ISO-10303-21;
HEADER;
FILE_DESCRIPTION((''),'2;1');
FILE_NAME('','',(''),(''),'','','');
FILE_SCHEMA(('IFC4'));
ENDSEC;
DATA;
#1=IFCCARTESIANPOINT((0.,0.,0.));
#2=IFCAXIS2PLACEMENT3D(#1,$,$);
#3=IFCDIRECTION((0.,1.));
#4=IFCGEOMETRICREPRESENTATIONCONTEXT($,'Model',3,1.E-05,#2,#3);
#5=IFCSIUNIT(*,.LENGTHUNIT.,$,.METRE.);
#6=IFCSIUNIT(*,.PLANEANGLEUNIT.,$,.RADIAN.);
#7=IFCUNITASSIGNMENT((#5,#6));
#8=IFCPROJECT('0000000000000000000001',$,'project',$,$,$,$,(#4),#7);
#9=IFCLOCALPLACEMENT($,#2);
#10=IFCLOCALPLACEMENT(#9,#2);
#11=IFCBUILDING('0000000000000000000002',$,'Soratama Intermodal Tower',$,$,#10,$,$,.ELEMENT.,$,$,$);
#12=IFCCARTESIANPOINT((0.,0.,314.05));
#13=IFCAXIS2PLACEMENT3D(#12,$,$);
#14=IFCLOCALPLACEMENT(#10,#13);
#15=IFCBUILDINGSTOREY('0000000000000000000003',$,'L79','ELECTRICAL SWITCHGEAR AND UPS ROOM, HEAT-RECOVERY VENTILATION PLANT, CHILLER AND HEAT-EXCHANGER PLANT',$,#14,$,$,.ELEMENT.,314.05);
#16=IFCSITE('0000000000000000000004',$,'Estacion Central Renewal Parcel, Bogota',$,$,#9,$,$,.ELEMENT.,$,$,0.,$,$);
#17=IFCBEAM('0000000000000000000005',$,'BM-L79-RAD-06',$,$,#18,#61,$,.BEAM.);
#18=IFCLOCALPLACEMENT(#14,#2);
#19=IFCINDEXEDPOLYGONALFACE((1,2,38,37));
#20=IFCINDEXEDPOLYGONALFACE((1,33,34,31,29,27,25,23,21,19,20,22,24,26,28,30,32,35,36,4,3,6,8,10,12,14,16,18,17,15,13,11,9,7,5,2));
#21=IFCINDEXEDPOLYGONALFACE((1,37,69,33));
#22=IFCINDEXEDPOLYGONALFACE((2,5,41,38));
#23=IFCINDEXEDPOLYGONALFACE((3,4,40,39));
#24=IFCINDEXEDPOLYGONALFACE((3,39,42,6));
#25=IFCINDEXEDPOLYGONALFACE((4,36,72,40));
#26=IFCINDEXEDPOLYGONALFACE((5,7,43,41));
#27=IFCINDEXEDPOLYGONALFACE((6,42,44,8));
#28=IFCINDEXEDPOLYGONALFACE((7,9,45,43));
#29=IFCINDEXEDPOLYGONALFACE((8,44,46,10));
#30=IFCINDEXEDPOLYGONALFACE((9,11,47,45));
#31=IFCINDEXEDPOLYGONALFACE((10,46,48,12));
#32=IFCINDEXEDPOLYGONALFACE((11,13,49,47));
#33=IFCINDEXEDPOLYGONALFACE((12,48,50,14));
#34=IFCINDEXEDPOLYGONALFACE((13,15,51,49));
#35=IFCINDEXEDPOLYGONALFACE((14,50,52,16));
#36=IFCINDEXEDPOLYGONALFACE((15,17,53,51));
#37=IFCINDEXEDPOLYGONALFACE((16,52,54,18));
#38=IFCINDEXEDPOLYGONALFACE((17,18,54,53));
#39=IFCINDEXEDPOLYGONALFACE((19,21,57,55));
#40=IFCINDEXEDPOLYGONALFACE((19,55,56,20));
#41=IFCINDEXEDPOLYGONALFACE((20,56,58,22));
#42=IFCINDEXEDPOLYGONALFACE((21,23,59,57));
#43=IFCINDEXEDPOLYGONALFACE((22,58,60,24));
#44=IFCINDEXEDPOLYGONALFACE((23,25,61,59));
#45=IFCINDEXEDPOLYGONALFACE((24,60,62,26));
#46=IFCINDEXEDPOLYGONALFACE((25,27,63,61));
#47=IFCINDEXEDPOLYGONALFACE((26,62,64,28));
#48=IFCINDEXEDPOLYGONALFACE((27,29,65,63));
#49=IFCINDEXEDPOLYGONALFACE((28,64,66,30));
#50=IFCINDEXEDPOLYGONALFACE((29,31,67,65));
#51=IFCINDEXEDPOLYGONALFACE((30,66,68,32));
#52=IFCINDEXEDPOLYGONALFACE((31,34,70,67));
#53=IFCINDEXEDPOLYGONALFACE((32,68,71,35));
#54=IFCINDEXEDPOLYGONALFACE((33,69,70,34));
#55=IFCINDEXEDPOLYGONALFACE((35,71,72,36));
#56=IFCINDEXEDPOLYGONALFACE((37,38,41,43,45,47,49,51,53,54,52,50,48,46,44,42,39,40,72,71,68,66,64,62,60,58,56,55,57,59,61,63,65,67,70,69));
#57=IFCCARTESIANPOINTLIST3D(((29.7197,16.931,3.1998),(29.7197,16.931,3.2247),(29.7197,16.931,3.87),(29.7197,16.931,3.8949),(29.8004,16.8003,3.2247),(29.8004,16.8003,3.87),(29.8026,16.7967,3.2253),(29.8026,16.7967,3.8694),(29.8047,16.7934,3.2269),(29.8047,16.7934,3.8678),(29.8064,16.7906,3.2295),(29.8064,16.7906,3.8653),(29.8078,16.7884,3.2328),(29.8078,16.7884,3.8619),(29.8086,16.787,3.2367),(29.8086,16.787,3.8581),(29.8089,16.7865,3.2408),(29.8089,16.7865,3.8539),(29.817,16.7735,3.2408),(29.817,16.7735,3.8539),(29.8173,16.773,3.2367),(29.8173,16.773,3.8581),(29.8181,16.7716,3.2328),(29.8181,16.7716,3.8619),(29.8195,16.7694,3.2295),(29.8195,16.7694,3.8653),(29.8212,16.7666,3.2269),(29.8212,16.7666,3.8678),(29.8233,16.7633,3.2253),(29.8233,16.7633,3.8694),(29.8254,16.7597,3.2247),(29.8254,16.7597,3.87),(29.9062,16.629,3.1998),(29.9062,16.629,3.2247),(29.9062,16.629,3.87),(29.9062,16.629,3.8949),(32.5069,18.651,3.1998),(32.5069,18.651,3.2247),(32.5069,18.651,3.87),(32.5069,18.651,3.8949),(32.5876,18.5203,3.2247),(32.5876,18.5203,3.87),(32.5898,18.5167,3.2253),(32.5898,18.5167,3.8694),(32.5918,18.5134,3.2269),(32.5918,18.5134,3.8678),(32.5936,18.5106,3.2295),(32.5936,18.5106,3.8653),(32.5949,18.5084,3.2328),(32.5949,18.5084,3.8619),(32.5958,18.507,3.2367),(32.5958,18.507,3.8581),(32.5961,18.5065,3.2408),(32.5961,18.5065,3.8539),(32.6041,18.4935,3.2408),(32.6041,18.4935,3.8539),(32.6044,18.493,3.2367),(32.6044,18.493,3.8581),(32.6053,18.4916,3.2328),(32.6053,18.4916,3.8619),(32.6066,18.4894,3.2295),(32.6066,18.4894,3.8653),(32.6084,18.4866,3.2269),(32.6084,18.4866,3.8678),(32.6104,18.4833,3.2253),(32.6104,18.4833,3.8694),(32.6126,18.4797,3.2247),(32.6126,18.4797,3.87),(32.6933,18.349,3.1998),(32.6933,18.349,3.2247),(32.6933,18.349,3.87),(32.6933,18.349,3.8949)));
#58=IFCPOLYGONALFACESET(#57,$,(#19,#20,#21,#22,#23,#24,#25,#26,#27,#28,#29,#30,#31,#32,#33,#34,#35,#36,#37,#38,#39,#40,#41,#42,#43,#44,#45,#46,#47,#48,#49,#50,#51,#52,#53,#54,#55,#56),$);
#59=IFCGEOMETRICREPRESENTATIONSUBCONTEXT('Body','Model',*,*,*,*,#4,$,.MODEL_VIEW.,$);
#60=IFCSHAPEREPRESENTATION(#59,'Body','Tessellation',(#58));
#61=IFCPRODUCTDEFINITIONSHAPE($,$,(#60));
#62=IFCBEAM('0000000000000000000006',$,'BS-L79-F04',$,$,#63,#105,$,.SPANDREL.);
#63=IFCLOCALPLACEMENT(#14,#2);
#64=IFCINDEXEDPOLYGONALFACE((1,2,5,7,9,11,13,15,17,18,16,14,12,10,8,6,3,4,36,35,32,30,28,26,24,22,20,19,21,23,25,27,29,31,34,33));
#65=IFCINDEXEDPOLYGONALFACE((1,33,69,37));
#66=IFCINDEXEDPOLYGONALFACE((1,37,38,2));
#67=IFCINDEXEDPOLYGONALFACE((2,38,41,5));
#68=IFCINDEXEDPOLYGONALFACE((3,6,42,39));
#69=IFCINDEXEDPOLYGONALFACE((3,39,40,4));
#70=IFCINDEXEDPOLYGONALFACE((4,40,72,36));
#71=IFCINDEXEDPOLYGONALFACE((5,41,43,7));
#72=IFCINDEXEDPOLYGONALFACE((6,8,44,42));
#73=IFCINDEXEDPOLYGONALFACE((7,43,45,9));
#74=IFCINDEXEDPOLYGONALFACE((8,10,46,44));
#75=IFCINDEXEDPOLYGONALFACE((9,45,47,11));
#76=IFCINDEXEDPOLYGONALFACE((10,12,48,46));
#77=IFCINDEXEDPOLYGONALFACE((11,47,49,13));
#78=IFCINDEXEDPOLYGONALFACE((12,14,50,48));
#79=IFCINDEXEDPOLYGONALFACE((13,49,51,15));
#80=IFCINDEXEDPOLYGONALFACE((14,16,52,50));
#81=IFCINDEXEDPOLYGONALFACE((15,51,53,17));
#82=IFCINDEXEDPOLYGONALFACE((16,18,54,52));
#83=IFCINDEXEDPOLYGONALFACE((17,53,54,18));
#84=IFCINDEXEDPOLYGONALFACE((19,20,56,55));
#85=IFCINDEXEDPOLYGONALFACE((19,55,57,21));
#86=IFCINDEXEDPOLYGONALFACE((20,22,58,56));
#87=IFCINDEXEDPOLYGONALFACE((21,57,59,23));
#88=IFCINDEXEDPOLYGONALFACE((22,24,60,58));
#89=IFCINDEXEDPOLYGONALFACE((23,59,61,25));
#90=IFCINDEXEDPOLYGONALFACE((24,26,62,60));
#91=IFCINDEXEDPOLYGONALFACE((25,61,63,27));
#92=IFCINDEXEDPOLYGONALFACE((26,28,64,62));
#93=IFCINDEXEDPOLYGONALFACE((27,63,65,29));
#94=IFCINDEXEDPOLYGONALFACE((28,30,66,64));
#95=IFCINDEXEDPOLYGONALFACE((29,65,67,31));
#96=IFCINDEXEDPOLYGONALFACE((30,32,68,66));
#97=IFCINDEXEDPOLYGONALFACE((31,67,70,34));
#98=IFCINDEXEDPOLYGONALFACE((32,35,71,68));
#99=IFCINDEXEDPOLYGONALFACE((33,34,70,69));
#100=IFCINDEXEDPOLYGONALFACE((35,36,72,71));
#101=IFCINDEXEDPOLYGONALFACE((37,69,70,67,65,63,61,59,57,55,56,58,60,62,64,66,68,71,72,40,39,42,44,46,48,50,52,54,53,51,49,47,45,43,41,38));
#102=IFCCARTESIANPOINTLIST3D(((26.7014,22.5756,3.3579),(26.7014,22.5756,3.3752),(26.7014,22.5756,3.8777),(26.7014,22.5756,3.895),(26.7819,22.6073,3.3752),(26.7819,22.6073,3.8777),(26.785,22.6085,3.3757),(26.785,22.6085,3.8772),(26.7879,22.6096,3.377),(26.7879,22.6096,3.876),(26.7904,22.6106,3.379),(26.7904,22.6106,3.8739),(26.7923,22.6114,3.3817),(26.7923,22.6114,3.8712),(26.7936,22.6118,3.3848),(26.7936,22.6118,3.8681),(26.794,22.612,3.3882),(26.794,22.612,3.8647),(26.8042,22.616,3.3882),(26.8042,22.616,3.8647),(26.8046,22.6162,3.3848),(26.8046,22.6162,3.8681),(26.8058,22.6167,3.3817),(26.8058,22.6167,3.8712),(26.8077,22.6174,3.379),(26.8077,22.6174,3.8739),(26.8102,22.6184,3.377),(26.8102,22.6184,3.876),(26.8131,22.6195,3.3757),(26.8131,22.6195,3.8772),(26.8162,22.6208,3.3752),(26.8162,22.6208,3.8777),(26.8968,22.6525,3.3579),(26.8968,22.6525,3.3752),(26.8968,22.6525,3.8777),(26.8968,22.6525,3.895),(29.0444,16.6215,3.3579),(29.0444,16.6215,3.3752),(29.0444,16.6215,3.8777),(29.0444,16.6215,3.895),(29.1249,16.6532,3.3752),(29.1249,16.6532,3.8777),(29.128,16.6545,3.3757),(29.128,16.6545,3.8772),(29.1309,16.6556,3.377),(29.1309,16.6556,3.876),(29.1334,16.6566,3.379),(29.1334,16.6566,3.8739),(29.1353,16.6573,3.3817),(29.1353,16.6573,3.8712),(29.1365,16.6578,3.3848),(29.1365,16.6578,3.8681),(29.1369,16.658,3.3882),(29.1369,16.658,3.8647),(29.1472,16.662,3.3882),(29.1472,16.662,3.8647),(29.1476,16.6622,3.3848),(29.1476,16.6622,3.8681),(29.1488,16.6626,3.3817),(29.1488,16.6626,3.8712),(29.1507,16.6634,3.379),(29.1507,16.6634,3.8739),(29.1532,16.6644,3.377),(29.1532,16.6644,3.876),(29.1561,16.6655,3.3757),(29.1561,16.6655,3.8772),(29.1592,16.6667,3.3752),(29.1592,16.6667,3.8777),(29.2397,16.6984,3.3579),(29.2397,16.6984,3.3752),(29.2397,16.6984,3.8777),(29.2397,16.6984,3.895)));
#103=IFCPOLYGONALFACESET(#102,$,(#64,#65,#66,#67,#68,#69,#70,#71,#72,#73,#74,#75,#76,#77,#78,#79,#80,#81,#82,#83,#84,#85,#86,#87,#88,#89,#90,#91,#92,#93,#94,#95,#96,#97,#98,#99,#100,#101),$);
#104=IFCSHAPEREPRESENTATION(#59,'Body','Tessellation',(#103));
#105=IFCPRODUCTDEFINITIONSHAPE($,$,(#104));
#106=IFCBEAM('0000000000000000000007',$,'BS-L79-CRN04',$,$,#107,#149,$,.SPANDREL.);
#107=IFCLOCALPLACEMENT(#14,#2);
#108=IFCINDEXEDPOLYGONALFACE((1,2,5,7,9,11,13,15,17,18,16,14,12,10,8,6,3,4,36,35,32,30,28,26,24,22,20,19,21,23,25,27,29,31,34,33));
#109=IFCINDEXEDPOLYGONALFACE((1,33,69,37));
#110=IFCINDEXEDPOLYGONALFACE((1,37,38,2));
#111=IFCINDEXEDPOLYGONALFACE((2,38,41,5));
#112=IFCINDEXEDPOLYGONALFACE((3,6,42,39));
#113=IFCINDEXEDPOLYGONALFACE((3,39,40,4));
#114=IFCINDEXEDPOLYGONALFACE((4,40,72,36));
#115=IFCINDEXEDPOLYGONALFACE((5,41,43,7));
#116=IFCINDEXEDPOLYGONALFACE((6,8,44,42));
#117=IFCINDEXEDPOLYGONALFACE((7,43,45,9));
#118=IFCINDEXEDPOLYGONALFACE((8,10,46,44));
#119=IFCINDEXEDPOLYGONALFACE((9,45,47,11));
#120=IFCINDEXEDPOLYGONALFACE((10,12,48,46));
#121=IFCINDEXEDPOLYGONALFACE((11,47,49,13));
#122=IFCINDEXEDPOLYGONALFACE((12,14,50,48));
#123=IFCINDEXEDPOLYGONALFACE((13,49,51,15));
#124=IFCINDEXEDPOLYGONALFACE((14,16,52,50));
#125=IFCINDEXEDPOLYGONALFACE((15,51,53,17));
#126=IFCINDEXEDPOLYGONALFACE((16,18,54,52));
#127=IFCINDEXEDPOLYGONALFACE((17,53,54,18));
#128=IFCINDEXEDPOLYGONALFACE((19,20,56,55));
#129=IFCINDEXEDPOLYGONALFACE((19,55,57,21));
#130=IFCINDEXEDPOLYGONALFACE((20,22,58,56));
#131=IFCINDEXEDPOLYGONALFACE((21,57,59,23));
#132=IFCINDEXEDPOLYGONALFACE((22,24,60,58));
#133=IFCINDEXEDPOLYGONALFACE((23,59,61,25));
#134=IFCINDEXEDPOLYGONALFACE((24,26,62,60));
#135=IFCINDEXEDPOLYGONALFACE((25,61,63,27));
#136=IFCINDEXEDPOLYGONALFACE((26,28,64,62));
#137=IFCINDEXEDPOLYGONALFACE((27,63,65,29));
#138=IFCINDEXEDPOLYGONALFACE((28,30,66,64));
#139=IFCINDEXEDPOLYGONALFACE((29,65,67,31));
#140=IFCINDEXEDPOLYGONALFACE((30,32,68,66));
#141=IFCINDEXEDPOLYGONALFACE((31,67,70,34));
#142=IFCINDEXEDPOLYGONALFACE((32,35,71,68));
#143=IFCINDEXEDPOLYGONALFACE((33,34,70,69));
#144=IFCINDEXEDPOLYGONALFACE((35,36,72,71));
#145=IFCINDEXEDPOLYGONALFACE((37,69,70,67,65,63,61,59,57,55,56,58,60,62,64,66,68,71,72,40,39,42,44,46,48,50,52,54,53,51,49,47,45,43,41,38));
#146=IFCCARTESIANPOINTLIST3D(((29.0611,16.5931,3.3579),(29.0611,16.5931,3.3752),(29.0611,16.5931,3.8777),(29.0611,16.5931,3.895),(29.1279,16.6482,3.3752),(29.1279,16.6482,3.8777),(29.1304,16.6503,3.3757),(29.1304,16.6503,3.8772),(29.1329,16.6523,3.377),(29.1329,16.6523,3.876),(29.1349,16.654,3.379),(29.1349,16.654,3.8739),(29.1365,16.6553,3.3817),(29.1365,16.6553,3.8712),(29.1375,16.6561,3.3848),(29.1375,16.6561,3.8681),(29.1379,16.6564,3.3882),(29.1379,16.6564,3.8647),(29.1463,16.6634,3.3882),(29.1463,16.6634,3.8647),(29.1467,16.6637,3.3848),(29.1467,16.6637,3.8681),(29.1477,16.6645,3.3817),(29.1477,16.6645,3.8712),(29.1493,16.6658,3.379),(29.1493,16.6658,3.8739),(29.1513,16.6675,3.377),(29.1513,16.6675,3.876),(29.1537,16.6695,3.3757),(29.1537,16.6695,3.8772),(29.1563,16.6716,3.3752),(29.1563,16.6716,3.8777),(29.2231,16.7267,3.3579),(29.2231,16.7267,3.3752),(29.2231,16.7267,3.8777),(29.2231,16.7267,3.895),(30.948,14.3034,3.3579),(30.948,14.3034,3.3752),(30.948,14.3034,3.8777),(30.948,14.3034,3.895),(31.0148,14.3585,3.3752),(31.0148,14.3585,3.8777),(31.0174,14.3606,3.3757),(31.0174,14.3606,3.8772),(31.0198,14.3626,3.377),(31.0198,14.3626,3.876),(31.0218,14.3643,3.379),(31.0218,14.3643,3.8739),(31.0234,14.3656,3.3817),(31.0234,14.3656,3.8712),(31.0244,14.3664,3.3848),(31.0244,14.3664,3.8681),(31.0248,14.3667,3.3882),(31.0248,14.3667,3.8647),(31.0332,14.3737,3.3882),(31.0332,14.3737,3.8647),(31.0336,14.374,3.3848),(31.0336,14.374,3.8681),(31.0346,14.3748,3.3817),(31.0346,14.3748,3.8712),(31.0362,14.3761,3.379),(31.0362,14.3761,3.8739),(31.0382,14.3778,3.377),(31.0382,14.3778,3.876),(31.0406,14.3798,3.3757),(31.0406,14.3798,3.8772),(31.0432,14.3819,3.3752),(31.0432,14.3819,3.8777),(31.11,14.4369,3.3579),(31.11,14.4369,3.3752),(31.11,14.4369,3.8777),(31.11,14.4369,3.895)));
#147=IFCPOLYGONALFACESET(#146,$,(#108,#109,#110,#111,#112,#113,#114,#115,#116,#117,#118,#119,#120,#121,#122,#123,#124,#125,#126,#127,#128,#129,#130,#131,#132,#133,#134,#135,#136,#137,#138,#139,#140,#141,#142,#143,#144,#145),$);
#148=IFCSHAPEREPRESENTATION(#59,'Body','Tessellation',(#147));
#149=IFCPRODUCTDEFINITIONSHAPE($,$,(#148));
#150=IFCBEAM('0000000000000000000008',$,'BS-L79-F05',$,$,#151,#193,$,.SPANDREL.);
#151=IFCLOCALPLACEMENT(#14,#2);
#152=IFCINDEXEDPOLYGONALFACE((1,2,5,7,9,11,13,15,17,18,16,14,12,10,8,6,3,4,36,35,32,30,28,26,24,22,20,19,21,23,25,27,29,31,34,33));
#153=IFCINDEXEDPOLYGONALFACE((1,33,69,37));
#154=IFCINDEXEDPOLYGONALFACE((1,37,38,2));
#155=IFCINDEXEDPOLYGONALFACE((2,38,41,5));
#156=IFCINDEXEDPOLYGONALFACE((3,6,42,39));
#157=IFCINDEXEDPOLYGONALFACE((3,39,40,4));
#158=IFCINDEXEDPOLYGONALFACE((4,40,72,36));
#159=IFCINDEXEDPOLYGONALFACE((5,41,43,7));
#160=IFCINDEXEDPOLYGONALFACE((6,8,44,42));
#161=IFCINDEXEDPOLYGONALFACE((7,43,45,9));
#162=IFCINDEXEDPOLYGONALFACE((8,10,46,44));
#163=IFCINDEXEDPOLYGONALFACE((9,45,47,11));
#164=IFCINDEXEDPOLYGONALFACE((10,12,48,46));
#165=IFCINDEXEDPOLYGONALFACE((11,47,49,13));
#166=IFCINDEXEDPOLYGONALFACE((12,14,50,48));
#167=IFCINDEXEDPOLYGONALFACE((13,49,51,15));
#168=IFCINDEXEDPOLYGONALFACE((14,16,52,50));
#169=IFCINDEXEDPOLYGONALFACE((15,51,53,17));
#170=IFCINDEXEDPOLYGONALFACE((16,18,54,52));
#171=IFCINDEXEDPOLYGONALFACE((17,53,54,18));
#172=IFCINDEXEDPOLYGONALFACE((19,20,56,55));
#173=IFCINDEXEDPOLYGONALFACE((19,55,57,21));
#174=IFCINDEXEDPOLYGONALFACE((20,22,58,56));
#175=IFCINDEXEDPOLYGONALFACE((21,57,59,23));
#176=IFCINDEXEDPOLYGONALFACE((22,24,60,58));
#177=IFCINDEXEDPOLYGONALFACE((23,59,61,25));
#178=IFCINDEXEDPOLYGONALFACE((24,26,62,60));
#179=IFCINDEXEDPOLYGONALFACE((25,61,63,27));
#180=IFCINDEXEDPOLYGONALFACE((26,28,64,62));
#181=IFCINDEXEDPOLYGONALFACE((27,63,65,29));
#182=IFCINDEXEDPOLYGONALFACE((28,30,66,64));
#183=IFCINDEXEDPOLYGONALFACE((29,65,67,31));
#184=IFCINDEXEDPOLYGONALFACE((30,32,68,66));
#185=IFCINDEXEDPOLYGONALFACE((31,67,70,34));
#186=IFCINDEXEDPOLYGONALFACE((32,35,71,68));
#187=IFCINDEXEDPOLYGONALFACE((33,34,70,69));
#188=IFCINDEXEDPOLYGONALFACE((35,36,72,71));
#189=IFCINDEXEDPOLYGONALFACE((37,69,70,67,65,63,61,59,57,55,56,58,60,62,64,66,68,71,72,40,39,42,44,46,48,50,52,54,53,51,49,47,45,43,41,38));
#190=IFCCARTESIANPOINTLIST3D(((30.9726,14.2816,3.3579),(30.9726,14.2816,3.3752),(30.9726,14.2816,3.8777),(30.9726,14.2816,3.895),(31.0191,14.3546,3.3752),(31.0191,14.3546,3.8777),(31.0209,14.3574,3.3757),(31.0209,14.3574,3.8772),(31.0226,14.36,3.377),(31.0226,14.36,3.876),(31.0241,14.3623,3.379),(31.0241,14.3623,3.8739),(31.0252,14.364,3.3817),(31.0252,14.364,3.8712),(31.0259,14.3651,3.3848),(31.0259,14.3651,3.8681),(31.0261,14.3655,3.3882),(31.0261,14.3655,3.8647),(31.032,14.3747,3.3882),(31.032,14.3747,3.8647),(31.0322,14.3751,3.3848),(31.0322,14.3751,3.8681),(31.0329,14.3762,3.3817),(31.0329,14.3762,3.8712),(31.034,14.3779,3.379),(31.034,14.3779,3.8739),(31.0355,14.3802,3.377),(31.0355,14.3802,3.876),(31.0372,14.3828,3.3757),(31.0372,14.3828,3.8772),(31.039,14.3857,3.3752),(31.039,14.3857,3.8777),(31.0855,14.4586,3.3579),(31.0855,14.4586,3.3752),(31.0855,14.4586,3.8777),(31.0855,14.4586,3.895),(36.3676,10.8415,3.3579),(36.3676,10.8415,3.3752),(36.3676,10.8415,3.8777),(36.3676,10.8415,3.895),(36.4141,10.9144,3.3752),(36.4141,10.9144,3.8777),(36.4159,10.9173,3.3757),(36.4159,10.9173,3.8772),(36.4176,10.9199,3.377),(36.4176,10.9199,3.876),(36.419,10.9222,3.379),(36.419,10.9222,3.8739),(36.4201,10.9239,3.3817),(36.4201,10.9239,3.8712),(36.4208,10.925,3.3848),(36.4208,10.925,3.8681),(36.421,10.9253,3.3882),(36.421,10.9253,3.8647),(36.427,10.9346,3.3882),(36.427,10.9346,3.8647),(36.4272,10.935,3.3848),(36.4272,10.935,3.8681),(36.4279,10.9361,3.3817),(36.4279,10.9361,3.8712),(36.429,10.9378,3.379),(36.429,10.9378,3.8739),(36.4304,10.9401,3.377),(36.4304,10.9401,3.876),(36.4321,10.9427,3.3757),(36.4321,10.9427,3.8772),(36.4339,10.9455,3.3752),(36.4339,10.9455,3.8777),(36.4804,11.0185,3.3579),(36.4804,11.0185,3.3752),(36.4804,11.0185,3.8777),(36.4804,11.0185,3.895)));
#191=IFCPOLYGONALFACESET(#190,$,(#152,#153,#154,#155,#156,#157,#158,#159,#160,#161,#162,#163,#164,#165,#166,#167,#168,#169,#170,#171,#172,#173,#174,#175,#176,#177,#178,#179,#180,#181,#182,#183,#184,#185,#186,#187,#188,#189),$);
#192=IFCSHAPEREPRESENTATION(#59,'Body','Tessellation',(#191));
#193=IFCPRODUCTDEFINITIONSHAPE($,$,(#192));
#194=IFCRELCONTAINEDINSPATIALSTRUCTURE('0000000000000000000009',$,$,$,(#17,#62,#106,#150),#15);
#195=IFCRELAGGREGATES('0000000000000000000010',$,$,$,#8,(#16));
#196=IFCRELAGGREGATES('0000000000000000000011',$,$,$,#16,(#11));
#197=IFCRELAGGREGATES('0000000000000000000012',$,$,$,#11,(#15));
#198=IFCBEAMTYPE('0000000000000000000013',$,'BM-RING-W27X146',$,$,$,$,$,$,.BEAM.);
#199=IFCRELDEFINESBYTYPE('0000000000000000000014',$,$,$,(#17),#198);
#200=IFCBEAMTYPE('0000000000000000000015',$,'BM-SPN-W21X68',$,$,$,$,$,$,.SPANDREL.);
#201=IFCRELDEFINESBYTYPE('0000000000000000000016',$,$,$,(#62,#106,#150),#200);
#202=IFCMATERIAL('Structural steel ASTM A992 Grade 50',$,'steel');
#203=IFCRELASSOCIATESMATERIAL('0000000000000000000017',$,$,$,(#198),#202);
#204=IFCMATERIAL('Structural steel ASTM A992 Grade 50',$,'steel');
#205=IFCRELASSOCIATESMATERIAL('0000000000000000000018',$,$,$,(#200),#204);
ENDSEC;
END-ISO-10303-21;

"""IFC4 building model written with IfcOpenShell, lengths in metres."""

from ifc_helpers import new_model, si_unit, direction, frame, origin, origin_2d, place, context, subcontext, project, spatial, i_section, extrude, material, material_profile, profile_set, type_object, element, save


model = new_model("IFC4")

# Units and contexts
model_context = context("Model", 3, precision=1e-05, world=origin(), true_north=direction((0.0, 1.0)))
body_context = subcontext(model_context, "Body", "Model", "MODEL_VIEW")
ifc_project = project(units=[si_unit("LENGTHUNIT", "METRE"), si_unit("PLANEANGLEUNIT", "RADIAN")], contexts=[model_context])

# Site, building, storey
site_placement = place(None, origin())
site = spatial("IfcSite", under=ifc_project, at=site_placement, Name="Estacion Central Renewal Parcel, Bogota", CompositionType="ELEMENT", RefElevation=0.0)
building_placement = place(site_placement, origin())
building = spatial("IfcBuilding", under=site, at=building_placement, Name="Soratama Intermodal Tower", CompositionType="ELEMENT")
storey_placement = place(building_placement, frame((0.0, 0.0, 314.05)))
storey = spatial("IfcBuildingStorey", under=building, at=storey_placement, Name="L79", Description="ELECTRICAL SWITCHGEAR AND UPS ROOM, HEAT-RECOVERY VENTILATION PLANT, CHILLER AND HEAT-EXCHANGER PLANT", CompositionType="ELEMENT", Elevation=314.05)

# Beams
ifc_material_1 = material(Name="Structural steel ASTM A992 Grade 50", Category="steel")
ifc_material_profile_1 = material_profile(ifc_material_1, i_section(OverallWidth=0.355, OverallDepth=0.6951, WebThickness=0.0154, FlangeThickness=0.0249, FilletRadius=0.0161, at=origin_2d()), Name="W27X146")
ifc_profile_set_1 = profile_set([ifc_material_profile_1], Name="Structural steel ASTM A992 Grade 50")
beam_type_1 = type_object("IfcBeamType", Name="BM-RING-W27X146", PredefinedType="BEAM", material=ifc_profile_set_1)
beam_1_placement = place(storey_placement, frame((32.6001, 18.5, 3.5474), z_axis=(-0.851, -0.525166, 0.0), x_axis=(0.525166, -0.851, 0.0)))
element("IfcBeam", 1, at=beam_1_placement, inside=storey, type_object=beam_type_1, Name="BM-L79-RAD-06", PredefinedType="BEAM", context=body_context, shape_type="SweptSolid", body=[
    extrude(i_section(OverallWidth=0.355, OverallDepth=0.6951, WebThickness=0.0154, FlangeThickness=0.0249, FilletRadius=0.0161, at=origin_2d()), origin(), (0.0, 0.0, 1.0), 3.2751),
])
ifc_material_2 = material(Name="Structural steel ASTM A992 Grade 50", Category="steel")
ifc_material_profile_2 = material_profile(ifc_material_2, i_section(OverallWidth=0.21, OverallDepth=0.5371, WebThickness=0.011, FlangeThickness=0.0173, FilletRadius=0.0129, at=origin_2d()), Name="W21X68")
ifc_profile_set_2 = profile_set([ifc_material_profile_2], Name="Structural steel ASTM A992 Grade 50")
beam_type_2 = type_object("IfcBeamType", Name="BM-SPN-W21X68", PredefinedType="SPANDREL", material=ifc_profile_set_2)
beam_2_placement = place(storey_placement, frame((26.7991, 22.614, 3.6265), z_axis=(0.366181, -0.930544, 0.0), x_axis=(0.930544, 0.366181, 0.0)))
element("IfcBeam", 2, at=beam_2_placement, inside=storey, type_object=beam_type_2, Name="BS-L79-F04", PredefinedType="SPANDREL", context=body_context, shape_type="SweptSolid", body=[
    extrude(i_section(OverallWidth=0.21, OverallDepth=0.5371, WebThickness=0.011, FlangeThickness=0.0173, FilletRadius=0.0129, at=origin_2d()), origin(), (0.0, 0.0, 1.0), 6.3984),
])
beam_3_placement = place(storey_placement, frame((29.1421, 16.6599, 3.6265), z_axis=(0.635958, -0.771724, 0.0), x_axis=(0.771724, 0.635958, 0.0)))
element("IfcBeam", 3, at=beam_3_placement, inside=storey, type_object=beam_type_2, Name="BS-L79-CRN04", PredefinedType="SPANDREL", context=body_context, shape_type="SweptSolid", body=[
    extrude(i_section(OverallWidth=0.21, OverallDepth=0.5371, WebThickness=0.011, FlangeThickness=0.0173, FilletRadius=0.0129, at=origin_2d()), origin(), (0.0, 0.0, 1.0), 2.967),
])
beam_4_placement = place(storey_placement, frame((31.0291, 14.3701, 3.6265), z_axis=(0.843166, -0.537653, 0.0), x_axis=(0.537653, 0.843166, 0.0)))
element("IfcBeam", 4, at=beam_4_placement, inside=storey, type_object=beam_type_2, Name="BS-L79-F05", PredefinedType="SPANDREL", context=body_context, shape_type="SweptSolid", body=[
    extrude(i_section(OverallWidth=0.21, OverallDepth=0.5371, WebThickness=0.011, FlangeThickness=0.0173, FilletRadius=0.0129, at=origin_2d()), origin(), (0.0, 0.0, 1.0), 6.3984),
])

save(model, "model.ifc")
